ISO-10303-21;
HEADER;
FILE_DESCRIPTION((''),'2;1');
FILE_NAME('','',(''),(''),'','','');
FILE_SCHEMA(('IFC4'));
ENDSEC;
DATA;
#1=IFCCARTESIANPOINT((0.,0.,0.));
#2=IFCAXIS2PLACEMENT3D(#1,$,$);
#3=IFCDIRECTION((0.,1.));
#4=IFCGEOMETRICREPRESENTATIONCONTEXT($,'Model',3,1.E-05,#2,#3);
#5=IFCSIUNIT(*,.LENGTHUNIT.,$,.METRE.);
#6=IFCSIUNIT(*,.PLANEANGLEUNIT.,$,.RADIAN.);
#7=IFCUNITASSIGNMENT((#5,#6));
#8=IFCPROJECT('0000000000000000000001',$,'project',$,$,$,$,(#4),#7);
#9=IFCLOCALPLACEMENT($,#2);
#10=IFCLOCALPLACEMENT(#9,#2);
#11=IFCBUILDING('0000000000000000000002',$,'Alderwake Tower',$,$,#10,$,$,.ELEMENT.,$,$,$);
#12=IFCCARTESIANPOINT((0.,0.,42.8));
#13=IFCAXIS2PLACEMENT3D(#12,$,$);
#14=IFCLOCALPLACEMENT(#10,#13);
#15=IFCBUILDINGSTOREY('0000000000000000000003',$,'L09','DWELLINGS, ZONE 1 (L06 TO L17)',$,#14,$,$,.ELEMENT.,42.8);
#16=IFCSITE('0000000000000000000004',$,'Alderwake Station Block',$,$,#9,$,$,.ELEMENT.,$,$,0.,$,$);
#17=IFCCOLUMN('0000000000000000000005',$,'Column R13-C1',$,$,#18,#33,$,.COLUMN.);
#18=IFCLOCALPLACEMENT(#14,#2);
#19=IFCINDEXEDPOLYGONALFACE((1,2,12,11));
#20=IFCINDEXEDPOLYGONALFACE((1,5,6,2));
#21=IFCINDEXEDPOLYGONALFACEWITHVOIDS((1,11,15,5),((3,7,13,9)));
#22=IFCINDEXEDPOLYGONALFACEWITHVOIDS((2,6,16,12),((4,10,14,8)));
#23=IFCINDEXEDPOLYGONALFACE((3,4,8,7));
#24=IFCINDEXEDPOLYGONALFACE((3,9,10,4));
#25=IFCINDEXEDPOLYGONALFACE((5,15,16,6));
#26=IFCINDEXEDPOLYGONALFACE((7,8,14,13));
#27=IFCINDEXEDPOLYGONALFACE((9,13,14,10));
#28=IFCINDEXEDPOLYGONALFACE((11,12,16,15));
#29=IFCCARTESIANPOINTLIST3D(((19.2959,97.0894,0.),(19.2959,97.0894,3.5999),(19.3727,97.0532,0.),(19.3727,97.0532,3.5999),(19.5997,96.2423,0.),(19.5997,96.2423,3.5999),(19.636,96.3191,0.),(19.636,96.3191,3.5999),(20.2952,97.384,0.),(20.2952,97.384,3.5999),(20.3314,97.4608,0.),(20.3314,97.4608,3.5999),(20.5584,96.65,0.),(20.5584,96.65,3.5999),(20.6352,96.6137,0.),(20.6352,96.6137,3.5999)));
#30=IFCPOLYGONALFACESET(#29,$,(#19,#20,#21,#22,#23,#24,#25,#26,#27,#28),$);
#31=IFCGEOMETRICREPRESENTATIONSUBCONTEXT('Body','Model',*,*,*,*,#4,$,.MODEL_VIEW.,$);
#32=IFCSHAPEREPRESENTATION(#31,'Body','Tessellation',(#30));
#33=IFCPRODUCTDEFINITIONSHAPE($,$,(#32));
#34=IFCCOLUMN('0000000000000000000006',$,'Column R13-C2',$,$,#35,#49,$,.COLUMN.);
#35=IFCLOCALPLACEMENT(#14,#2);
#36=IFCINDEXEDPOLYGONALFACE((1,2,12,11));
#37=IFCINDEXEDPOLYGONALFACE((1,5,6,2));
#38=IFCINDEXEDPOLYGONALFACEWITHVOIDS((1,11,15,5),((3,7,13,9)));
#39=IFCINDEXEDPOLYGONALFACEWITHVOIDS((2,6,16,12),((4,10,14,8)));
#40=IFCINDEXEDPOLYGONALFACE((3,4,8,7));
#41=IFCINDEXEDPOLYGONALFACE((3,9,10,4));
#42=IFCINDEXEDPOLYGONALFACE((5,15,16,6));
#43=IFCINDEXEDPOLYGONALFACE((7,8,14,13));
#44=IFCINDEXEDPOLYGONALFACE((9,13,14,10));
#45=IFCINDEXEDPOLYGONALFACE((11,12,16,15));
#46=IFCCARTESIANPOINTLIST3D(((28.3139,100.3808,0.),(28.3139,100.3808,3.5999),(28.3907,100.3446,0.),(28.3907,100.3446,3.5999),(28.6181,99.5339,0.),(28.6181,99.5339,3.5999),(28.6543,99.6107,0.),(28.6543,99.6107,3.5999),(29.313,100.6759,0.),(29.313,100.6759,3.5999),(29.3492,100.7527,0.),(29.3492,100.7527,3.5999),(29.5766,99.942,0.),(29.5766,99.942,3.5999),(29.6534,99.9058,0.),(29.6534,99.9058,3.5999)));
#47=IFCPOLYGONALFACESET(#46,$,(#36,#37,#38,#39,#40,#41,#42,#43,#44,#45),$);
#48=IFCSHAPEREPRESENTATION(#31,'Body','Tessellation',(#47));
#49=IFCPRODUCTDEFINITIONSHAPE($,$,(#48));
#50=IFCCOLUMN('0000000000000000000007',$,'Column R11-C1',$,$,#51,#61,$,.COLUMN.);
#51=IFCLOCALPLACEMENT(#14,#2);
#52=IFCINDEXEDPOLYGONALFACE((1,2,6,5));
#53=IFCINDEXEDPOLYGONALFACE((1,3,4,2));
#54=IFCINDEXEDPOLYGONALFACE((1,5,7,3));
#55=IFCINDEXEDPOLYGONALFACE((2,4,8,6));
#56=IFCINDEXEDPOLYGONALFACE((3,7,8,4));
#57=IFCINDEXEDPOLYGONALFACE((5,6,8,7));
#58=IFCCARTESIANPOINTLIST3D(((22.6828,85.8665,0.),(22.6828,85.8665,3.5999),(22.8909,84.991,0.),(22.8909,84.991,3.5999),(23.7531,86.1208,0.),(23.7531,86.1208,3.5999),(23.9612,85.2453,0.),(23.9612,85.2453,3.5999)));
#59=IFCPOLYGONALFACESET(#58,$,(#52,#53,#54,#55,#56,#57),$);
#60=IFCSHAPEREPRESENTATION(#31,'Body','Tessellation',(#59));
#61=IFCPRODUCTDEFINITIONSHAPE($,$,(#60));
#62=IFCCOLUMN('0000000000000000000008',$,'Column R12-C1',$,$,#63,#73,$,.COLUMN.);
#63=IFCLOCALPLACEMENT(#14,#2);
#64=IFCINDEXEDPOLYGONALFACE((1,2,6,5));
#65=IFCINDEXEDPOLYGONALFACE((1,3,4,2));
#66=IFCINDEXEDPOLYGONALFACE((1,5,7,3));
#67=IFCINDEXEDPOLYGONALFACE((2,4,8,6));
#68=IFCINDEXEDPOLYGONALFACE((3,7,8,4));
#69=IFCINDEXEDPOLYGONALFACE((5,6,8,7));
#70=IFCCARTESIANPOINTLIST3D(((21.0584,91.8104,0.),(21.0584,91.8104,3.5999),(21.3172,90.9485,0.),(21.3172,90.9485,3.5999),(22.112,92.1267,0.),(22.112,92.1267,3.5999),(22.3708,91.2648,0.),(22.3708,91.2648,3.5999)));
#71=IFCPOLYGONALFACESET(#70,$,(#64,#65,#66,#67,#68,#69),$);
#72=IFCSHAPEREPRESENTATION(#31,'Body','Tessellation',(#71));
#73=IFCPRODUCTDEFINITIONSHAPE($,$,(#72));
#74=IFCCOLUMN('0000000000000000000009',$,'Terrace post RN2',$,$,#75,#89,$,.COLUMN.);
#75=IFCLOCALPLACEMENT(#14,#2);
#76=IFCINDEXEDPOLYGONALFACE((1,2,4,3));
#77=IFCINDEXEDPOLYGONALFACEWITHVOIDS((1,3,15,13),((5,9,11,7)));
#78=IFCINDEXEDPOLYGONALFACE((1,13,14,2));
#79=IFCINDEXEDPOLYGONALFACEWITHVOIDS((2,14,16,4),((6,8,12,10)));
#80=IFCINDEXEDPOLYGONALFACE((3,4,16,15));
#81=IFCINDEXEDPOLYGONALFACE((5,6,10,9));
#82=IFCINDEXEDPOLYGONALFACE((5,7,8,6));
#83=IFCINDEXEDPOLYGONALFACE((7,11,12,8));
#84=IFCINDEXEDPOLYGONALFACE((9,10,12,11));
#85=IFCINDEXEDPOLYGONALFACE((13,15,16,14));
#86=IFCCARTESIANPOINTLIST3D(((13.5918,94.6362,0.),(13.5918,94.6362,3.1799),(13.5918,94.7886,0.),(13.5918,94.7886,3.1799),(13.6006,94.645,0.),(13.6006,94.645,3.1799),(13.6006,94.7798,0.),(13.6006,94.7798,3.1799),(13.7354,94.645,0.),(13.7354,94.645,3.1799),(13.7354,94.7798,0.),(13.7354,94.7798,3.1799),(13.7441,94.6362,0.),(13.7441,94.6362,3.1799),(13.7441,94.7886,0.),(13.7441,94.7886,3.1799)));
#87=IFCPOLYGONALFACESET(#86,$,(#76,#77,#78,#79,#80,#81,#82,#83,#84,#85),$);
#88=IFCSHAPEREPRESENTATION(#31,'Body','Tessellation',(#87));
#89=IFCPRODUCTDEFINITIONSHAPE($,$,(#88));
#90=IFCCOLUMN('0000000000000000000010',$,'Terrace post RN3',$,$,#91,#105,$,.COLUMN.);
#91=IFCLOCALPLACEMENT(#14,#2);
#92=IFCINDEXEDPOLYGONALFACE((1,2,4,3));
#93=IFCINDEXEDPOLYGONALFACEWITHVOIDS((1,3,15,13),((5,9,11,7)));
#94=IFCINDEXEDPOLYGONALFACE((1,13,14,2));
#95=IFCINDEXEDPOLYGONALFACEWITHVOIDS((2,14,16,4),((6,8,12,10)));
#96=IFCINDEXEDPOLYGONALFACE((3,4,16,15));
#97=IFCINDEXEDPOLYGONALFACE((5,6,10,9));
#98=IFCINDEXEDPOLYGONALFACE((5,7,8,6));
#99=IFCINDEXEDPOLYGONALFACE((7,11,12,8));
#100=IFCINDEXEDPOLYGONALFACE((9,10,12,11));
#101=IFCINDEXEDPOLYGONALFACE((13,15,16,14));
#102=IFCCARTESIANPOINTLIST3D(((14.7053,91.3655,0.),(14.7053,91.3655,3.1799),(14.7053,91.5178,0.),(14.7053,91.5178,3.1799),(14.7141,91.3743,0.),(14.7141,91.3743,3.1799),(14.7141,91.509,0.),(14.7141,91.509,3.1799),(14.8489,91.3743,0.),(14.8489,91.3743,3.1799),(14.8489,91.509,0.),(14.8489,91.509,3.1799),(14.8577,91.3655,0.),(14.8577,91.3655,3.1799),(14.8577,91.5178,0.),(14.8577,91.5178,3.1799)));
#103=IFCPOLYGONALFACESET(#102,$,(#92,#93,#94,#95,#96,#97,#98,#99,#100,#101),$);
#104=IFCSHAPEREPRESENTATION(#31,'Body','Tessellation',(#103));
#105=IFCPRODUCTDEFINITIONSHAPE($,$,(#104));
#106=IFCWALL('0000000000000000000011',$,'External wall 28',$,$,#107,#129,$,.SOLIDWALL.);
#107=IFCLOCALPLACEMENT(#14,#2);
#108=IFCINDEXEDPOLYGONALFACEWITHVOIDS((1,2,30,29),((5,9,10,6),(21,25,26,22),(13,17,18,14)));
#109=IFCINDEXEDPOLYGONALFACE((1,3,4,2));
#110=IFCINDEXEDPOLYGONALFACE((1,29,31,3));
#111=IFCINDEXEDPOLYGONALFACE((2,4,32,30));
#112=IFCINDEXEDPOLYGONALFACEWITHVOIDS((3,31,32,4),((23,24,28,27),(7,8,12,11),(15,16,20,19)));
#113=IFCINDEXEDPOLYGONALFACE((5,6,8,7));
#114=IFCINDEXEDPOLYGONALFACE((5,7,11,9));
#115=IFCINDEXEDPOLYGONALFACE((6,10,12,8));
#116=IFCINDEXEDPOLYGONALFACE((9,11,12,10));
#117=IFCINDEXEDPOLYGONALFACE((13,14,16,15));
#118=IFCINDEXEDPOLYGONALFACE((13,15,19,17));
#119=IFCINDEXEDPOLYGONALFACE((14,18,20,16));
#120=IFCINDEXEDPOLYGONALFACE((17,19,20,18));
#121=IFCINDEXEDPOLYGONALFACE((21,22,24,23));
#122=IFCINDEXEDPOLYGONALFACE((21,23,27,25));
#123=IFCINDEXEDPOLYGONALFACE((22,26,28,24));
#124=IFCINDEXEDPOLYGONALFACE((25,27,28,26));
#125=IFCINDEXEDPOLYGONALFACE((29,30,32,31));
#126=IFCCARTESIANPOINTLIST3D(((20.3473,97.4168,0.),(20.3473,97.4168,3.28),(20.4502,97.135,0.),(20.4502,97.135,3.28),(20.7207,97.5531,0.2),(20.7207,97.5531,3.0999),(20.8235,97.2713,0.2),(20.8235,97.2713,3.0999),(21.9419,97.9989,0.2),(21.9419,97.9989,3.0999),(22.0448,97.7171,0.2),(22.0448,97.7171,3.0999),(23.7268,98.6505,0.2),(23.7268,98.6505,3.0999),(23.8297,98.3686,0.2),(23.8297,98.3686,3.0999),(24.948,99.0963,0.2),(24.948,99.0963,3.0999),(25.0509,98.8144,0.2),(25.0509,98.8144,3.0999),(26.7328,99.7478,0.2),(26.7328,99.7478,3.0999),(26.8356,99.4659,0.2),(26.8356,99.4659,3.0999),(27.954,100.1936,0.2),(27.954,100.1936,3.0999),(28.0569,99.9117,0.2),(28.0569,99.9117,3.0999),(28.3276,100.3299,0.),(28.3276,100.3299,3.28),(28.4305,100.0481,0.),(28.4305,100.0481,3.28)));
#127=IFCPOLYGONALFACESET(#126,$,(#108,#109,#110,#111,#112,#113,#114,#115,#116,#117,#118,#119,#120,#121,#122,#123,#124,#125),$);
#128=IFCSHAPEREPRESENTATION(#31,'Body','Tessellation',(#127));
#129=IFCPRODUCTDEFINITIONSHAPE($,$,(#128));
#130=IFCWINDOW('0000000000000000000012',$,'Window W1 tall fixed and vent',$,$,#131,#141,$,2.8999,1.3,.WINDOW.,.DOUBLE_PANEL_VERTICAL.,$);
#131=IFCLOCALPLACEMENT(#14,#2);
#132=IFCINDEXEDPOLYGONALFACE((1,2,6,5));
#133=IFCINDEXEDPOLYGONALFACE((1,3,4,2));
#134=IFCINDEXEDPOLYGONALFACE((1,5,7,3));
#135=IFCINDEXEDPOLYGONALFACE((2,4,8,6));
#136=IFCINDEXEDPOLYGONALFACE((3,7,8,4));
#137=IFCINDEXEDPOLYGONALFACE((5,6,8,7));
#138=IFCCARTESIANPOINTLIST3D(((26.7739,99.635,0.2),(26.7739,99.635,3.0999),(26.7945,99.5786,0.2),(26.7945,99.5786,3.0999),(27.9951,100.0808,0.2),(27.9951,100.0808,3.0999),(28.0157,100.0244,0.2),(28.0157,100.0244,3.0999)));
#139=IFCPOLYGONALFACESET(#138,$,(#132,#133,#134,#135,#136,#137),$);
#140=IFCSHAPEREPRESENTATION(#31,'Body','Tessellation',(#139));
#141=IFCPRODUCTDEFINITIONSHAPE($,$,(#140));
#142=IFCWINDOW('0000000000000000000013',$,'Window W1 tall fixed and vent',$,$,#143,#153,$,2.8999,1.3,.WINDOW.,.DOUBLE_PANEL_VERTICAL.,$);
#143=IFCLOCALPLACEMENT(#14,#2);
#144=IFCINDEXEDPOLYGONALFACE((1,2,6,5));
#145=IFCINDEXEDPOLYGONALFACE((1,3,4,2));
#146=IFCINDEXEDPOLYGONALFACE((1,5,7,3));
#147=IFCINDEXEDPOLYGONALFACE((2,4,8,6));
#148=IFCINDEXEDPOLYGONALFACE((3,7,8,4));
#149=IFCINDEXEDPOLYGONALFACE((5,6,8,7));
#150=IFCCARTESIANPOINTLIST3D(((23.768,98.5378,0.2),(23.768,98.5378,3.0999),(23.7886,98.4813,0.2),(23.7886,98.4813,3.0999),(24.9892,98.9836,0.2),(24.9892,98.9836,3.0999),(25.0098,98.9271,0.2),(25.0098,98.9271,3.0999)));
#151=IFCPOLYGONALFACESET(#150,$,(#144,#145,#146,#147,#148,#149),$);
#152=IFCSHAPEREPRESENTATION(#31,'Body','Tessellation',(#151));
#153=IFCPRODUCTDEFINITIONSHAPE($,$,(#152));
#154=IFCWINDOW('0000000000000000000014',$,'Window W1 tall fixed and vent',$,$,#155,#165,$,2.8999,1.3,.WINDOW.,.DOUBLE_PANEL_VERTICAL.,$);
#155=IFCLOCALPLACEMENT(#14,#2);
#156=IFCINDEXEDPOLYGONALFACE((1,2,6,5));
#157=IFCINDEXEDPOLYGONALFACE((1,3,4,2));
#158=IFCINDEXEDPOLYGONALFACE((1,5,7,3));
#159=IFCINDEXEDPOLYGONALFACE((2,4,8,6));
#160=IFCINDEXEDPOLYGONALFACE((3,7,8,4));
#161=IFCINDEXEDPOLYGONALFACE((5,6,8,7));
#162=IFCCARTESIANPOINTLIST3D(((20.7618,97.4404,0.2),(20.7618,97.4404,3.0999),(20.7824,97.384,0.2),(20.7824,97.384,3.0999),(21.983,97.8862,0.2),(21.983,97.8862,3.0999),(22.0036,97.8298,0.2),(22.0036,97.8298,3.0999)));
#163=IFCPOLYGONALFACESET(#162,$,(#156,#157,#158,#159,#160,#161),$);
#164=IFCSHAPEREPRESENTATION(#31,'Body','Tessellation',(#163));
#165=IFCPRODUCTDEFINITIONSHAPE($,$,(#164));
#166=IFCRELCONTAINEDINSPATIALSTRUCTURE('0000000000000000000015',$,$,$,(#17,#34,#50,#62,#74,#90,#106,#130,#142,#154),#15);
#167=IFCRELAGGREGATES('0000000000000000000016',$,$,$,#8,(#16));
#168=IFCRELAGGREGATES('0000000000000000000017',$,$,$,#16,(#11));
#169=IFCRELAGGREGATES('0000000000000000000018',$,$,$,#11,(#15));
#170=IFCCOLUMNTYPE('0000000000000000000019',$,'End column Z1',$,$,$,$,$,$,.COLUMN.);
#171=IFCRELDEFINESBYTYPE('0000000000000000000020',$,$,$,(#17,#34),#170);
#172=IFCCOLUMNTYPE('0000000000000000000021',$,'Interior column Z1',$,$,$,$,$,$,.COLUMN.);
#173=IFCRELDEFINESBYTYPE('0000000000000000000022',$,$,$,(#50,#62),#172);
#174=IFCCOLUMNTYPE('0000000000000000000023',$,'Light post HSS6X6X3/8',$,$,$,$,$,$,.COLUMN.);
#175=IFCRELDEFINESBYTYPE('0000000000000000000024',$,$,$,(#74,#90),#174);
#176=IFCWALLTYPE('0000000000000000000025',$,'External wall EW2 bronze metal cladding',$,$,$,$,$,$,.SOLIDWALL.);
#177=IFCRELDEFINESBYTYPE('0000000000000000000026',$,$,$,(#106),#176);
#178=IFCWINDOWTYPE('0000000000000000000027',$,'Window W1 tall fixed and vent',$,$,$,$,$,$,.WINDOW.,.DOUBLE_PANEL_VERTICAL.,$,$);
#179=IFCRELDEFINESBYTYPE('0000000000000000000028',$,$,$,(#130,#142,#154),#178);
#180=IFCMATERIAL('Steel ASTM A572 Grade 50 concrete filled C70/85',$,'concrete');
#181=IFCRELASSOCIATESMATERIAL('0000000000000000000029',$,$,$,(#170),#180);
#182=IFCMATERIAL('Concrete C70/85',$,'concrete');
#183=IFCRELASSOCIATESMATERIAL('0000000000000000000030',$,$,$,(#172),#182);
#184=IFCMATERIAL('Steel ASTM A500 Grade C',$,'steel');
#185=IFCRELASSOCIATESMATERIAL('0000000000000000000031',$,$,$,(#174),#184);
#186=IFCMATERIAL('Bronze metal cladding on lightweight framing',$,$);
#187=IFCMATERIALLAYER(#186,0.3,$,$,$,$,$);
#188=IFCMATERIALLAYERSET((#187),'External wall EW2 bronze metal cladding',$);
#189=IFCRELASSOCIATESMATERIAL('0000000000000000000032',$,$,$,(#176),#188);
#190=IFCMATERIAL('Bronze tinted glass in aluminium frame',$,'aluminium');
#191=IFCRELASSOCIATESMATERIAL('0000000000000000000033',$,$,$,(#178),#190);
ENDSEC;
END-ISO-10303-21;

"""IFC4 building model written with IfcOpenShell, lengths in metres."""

from ifc_helpers import new_model, si_unit, direction, frame, frame_2d, origin, origin_2d, place, context, subcontext, project, spatial, rectangle, hollow_rectangle, extrude, material, layer, layer_set, material_profile, profile_set, type_object, element, fill, save


model = new_model("IFC4")

# Units and contexts
model_context = context("Model", 3, precision=1e-05, world=origin(), true_north=direction((0.0, 1.0)))
body_context = subcontext(model_context, "Body", "Model", "MODEL_VIEW")
ifc_project = project(units=[si_unit("LENGTHUNIT", "METRE"), si_unit("PLANEANGLEUNIT", "RADIAN")], contexts=[model_context])

# Site, building, storey
site_placement = place(None, origin())
site = spatial("IfcSite", under=ifc_project, at=site_placement, Name="Alderwake Station Block", CompositionType="ELEMENT", RefElevation=0.0)
building_placement = place(site_placement, origin())
building = spatial("IfcBuilding", under=site, at=building_placement, Name="Alderwake Tower", CompositionType="ELEMENT")
storey_placement = place(building_placement, frame((0.0, 0.0, 42.8)))
storey = spatial("IfcBuildingStorey", under=building, at=storey_placement, Name="L09", Description="DWELLINGS, ZONE 1 (L06 TO L17)", CompositionType="ELEMENT", Elevation=42.8)

# Columns
ifc_material_1 = material(Name="Steel ASTM A572 Grade 50 concrete filled C70/85", Category="concrete")
ifc_material_profile_1 = material_profile(ifc_material_1, hollow_rectangle(XDim=0.8999, YDim=1.1001, WallThickness=0.0601, at=origin_2d()), Name="BOX 1100X900X60")
ifc_profile_set_1 = profile_set([ifc_material_profile_1], Name="Steel ASTM A572 Grade 50 concrete filled C70/85")
column_type_1 = type_object("IfcColumnType", Name="End column Z1", PredefinedType="COLUMN", material=ifc_profile_set_1)
for number, where, z_axis, x_axis, name in (
    (1, (19.9656, 96.8516, 0.0), (0.0, 0.0, 1.0), (-0.337585, 0.941295, 0.0), "Column R13-C1"),
    (2, (28.9836, 100.1433, 0.0), (0.0, 0.0, 1.0), (-0.338027, 0.941136, 0.0), "Column R13-C2"),
):
    element("IfcColumn", number, at=place(storey_placement, frame(where, z_axis=z_axis, x_axis=x_axis)), inside=storey, type_object=column_type_1, Name=name, PredefinedType="COLUMN", context=body_context, shape_type="SweptSolid", body=[
        extrude(hollow_rectangle(XDim=0.8999, YDim=1.1001, WallThickness=0.0601, at=origin_2d()), origin(), (0.0, 0.0, 1.0), 3.5999),
    ])
ifc_material_2 = material(Name="Concrete C70/85", Category="concrete")
ifc_material_profile_2 = material_profile(ifc_material_2, rectangle(XDim=0.8999, YDim=1.1001, at=origin_2d()), Name="RC 1100X900")
ifc_profile_set_2 = profile_set([ifc_material_profile_2], Name="Concrete C70/85")
column_type_2 = type_object("IfcColumnType", Name="Interior column Z1", PredefinedType="COLUMN", material=ifc_profile_set_2)
for number, where, z_axis, x_axis, name in (
    (3, (23.322, 85.5559, 0.0), (0.0, 0.0, 1.0), (-0.231222, 0.972901, 0.0), "Column R11-C1"),
    (4, (21.7146, 91.5376, 0.0), (0.0, 0.0, 1.0), (-0.287549, 0.957766, 0.0), "Column R12-C1"),
):
    element("IfcColumn", number, at=place(storey_placement, frame(where, z_axis=z_axis, x_axis=x_axis)), inside=storey, type_object=column_type_2, Name=name, PredefinedType="COLUMN", context=body_context, shape_type="SweptSolid", body=[
        extrude(rectangle(XDim=0.8999, YDim=1.1001, at=origin_2d()), origin(), (0.0, 0.0, 1.0), 3.5999),
    ])
ifc_material_3 = material(Name="Steel ASTM A500 Grade C", Category="steel")
ifc_material_profile_3 = material_profile(ifc_material_3, hollow_rectangle(XDim=0.1523, YDim=0.1523, WallThickness=0.0088, at=origin_2d()), Name="HSS6X6X3/8")
ifc_profile_set_3 = profile_set([ifc_material_profile_3], Name="Steel ASTM A500 Grade C")
column_type_3 = type_object("IfcColumnType", Name="Light post HSS6X6X3/8", PredefinedType="COLUMN", material=ifc_profile_set_3)
for number, where, z_axis, x_axis, name in (
    (5, (13.668, 94.7124, 0.0), (0.0, 0.0, 1.0), (1.0, 0.0, 0.0), "Terrace post RN2"),
    (6, (14.7815, 91.4417, 0.0), (0.0, 0.0, 1.0), (1.0, 0.0, 0.0), "Terrace post RN3"),
):
    element("IfcColumn", number, at=place(storey_placement, frame(where, z_axis=z_axis, x_axis=x_axis)), inside=storey, type_object=column_type_3, Name=name, PredefinedType="COLUMN", context=body_context, shape_type="SweptSolid", body=[
        extrude(hollow_rectangle(XDim=0.1523, YDim=0.1523, WallThickness=0.0088, at=origin_2d()), origin(), (0.0, 0.0, 1.0), 3.1799),
    ])

# Wall, openings, windows
ifc_material_4 = material(Name="Bronze metal cladding on lightweight framing")
ifc_layer_1 = layer(ifc_material_4, 0.3)
ifc_layer_set_1 = layer_set([ifc_layer_1], Name="External wall EW2 bronze metal cladding")
wall_type_1 = type_object("IfcWallType", Name="External wall EW2 bronze metal cladding", PredefinedType="SOLIDWALL", material=ifc_layer_set_1)
wall_1_placement = place(storey_placement, frame((28.3789, 100.189, 0.0), z_axis=(0.0, 0.0, 1.0), x_axis=(-0.93937, -0.342906, 0.0)))
wall_1 = element("IfcWall", 7, at=wall_1_placement, inside=storey, type_object=wall_type_1, Name="External wall 28", PredefinedType="SOLIDWALL", context=body_context, shape_type="SweptSolid", body=[
    extrude(rectangle(XDim=8.4954, YDim=0.3, at=frame_2d((4.2476, 0.0))), origin(), (0.0, 0.0, 1.0), 3.28),
])
opening_1_placement = place(wall_1_placement, frame((0.3977, 0.0, 0.2)))
opening_1 = element("IfcOpeningElement", 8, at=opening_1_placement, cuts=wall_1, PredefinedType="OPENING", context=body_context, shape_type="SweptSolid", body=[
    extrude(rectangle(XDim=1.3, YDim=2.8999, at=frame_2d((0.6499, 1.45))), frame((0.0, 0.1599, 0.0), z_axis=(0.0, -1.0, 0.0), x_axis=(1.0, 0.0, 0.0)), (0.0, 0.0, 1.0), 0.3201),
])
opening_2_placement = place(wall_1_placement, frame((3.5977, 0.0, 0.2)))
opening_2 = element("IfcOpeningElement", 9, at=opening_2_placement, cuts=wall_1, PredefinedType="OPENING", context=body_context, shape_type="SweptSolid", body=[
    extrude(rectangle(XDim=1.3, YDim=2.8999, at=frame_2d((0.6499, 1.45))), frame((0.0, 0.1599, 0.0), z_axis=(0.0, -1.0, 0.0), x_axis=(1.0, 0.0, 0.0)), (0.0, 0.0, 1.0), 0.3201),
])
opening_3_placement = place(wall_1_placement, frame((6.7979, 0.0, 0.2)))
opening_3 = element("IfcOpeningElement", 10, at=opening_3_placement, cuts=wall_1, PredefinedType="OPENING", context=body_context, shape_type="SweptSolid", body=[
    extrude(rectangle(XDim=1.3, YDim=2.8999, at=frame_2d((0.6499, 1.45))), frame((0.0, 0.1599, 0.0), z_axis=(0.0, -1.0, 0.0), x_axis=(1.0, 0.0, 0.0)), (0.0, 0.0, 1.0), 0.3201),
])
ifc_material_5 = material(Name="Bronze tinted glass in aluminium frame", Category="aluminium")
window_type = type_object("IfcWindowType", Name="Window W1 tall fixed and vent", PartitioningType="DOUBLE_PANEL_VERTICAL", PredefinedType="WINDOW", material=ifc_material_5)
window_1_placement = place(opening_1_placement, origin())
window_1 = element("IfcWindow", 11, at=window_1_placement, inside=storey, type_object=window_type, Name="Window W1 tall fixed and vent", OverallHeight=2.8999, OverallWidth=1.3, PartitioningType="DOUBLE_PANEL_VERTICAL", PredefinedType="WINDOW", context=body_context, shape_type="SweptSolid", body=[
    extrude(rectangle(XDim=1.3, YDim=2.8999, at=frame_2d((0.6499, 1.45))), frame((0.0, 0.03, 0.0), z_axis=(0.0, -1.0, 0.0), x_axis=(1.0, 0.0, 0.0)), (0.0, 0.0, 1.0), 0.0601),
])
fill(opening_1, window_1)
window_2_placement = place(opening_2_placement, origin())
window_2 = element("IfcWindow", 12, at=window_2_placement, inside=storey, type_object=window_type, Name="Window W1 tall fixed and vent", OverallHeight=2.8999, OverallWidth=1.3, PartitioningType="DOUBLE_PANEL_VERTICAL", PredefinedType="WINDOW", context=body_context, shape_type="SweptSolid", body=[
    extrude(rectangle(XDim=1.3, YDim=2.8999, at=frame_2d((0.6499, 1.45))), frame((0.0, 0.03, 0.0), z_axis=(0.0, -1.0, 0.0), x_axis=(1.0, 0.0, 0.0)), (0.0, 0.0, 1.0), 0.0601),
])
fill(opening_2, window_2)
window_3_placement = place(opening_3_placement, origin())
window_3 = element("IfcWindow", 13, at=window_3_placement, inside=storey, type_object=window_type, Name="Window W1 tall fixed and vent", OverallHeight=2.8999, OverallWidth=1.3, PartitioningType="DOUBLE_PANEL_VERTICAL", PredefinedType="WINDOW", context=body_context, shape_type="SweptSolid", body=[
    extrude(rectangle(XDim=1.3, YDim=2.8999, at=frame_2d((0.6499, 1.45))), frame((0.0, 0.03, 0.0), z_axis=(0.0, -1.0, 0.0), x_axis=(1.0, 0.0, 0.0)), (0.0, 0.0, 1.0), 0.0601),
])
fill(opening_3, window_3)

save(model, "model.ifc")
